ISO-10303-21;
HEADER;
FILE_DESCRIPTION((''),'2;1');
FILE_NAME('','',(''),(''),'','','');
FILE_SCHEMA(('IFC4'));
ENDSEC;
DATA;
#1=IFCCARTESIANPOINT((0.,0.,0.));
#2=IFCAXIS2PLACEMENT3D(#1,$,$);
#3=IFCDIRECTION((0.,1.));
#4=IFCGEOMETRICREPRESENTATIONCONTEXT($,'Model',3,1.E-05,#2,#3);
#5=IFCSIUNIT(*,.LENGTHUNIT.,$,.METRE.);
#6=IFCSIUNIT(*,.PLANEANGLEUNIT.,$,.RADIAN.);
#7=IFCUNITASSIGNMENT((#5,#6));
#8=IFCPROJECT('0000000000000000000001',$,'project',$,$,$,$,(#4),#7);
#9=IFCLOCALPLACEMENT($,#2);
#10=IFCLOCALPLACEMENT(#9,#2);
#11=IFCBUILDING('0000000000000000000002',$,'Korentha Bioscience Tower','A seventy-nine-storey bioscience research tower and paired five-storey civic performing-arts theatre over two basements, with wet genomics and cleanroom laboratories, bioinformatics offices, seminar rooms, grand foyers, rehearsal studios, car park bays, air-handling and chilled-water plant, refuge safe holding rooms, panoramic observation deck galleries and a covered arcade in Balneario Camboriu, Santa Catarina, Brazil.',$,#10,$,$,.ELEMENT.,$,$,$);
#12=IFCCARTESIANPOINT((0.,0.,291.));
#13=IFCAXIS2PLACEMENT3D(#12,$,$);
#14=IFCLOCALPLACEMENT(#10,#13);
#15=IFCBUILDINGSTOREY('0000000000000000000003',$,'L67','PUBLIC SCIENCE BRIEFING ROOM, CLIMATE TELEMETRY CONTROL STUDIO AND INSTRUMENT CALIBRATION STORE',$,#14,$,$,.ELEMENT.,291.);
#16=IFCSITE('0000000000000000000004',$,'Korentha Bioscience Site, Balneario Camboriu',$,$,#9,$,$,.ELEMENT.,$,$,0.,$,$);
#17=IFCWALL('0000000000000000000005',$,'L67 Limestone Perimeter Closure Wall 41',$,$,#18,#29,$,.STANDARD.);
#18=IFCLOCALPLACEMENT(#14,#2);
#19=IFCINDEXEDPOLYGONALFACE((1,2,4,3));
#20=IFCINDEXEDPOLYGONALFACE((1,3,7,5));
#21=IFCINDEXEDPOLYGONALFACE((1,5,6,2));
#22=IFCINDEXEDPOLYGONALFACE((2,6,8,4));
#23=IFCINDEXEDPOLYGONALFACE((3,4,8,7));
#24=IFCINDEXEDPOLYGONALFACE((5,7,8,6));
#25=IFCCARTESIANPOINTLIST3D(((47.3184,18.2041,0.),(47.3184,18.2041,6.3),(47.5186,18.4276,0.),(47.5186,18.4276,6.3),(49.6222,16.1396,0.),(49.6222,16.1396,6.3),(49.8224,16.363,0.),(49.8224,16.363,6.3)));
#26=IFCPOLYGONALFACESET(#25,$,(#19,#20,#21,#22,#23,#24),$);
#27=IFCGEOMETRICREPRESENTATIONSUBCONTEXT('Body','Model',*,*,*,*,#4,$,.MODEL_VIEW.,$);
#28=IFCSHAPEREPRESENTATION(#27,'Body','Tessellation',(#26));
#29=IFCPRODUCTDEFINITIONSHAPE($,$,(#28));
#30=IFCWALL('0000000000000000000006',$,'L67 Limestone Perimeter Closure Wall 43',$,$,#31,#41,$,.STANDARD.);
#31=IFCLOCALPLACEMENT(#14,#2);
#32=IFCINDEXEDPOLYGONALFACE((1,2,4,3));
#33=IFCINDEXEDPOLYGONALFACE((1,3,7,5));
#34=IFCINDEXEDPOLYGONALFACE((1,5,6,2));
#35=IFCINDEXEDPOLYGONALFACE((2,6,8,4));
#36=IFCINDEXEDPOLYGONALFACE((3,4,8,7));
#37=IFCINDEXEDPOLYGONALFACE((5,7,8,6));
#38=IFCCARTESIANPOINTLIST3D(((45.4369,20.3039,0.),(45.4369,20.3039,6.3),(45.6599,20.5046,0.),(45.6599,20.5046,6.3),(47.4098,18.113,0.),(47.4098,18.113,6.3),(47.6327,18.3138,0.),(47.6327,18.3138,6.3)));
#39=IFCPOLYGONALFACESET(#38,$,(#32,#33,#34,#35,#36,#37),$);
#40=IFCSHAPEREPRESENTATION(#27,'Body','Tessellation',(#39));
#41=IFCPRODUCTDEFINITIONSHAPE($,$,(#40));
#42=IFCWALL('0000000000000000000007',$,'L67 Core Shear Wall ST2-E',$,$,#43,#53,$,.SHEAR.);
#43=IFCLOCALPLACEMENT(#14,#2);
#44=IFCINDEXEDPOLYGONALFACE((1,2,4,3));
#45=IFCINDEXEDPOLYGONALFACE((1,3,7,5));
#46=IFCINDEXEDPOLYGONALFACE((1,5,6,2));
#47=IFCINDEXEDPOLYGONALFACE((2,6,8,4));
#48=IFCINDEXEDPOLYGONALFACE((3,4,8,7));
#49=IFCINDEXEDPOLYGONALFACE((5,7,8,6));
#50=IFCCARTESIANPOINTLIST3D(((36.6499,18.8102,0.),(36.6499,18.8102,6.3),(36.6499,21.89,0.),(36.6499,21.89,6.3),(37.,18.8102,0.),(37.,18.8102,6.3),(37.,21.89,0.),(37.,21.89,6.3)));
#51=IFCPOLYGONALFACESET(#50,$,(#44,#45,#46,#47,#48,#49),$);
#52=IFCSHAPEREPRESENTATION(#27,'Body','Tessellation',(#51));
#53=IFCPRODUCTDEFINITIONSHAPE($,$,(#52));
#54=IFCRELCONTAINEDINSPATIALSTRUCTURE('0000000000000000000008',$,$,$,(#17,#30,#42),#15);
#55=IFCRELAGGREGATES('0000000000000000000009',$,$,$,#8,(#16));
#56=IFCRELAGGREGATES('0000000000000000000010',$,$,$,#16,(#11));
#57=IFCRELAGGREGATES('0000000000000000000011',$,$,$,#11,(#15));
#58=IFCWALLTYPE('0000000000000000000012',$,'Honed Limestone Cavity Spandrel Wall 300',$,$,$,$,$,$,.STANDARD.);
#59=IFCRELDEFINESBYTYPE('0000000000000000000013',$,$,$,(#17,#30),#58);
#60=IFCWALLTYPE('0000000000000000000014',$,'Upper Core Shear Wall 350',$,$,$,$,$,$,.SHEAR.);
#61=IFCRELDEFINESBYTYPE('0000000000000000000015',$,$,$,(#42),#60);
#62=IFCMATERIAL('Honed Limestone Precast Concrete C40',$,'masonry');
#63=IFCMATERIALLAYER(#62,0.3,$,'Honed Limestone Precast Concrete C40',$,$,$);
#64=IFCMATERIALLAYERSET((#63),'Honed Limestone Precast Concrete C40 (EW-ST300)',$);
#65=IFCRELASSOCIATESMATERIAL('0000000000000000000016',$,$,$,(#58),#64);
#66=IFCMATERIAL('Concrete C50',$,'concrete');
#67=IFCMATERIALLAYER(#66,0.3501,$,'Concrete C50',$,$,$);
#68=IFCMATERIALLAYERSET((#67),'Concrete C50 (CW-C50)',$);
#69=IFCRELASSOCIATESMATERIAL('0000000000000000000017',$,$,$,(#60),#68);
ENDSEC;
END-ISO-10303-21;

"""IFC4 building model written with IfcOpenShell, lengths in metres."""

from ifc_helpers import new_model, si_unit, direction, frame, frame_2d, origin, place, context, subcontext, project, spatial, rectangle, extrude, material, layer, layer_set, type_object, element, save


model = new_model("IFC4")

# Units and contexts
model_context = context("Model", 3, precision=1e-05, world=origin(), true_north=direction((0.0, 1.0)))
body_context = subcontext(model_context, "Body", "Model", "MODEL_VIEW")
ifc_project = project(units=[si_unit("LENGTHUNIT", "METRE"), si_unit("PLANEANGLEUNIT", "RADIAN")], contexts=[model_context])

# Site, building, storey
site_placement = place(None, origin())
site = spatial("IfcSite", under=ifc_project, at=site_placement, Name="Korentha Bioscience Site, Balneario Camboriu", CompositionType="ELEMENT", RefElevation=0.0)
building_placement = place(site_placement, origin())
building = spatial("IfcBuilding", under=site, at=building_placement, Name="Korentha Bioscience Tower", Description="A seventy-nine-storey bioscience research tower and paired five-storey civic performing-arts theatre over two basements, with wet genomics and cleanroom laboratories, bioinformatics offices, seminar rooms, grand foyers, rehearsal studios, car park bays, air-handling and chilled-water plant, refuge safe holding rooms, panoramic observation deck galleries and a covered arcade in Balneario Camboriu, Santa Catarina, Brazil.", CompositionType="ELEMENT")
storey_placement = place(building_placement, frame((0.0, 0.0, 291.0)))
storey = spatial("IfcBuildingStorey", under=building, at=storey_placement, Name="L67", Description="PUBLIC SCIENCE BRIEFING ROOM, CLIMATE TELEMETRY CONTROL STUDIO AND INSTRUMENT CALIBRATION STORE", CompositionType="ELEMENT", Elevation=291.0)

# Shared definitions
ifc_material_1 = material(Name="Concrete C50", Category="concrete")

# Shared definitions
ifc_material_2 = material(Name="Honed Limestone Precast Concrete C40", Category="masonry")
ifc_layer_1 = layer(ifc_material_2, 0.3, Name="Honed Limestone Precast Concrete C40")
ifc_layer_set_1 = layer_set([ifc_layer_1], Name="Honed Limestone Precast Concrete C40 (EW-ST300)")
wall_type_1 = type_object("IfcWallType", Name="Honed Limestone Cavity Spandrel Wall 300", PredefinedType="STANDARD", material=ifc_layer_set_1)

# Walls
wall_1_placement = place(storey_placement, frame((49.7224, 16.2512, 0.0), z_axis=(0.0, 0.0, 1.0), x_axis=(-0.744721, 0.667376, 0.0)))
element("IfcWall", 1, at=wall_1_placement, inside=storey, type_object=wall_type_1, Name="L67 Limestone Perimeter Closure Wall 41", PredefinedType="STANDARD", context=body_context, shape_type="SweptSolid", body=[
    extrude(rectangle(XDim=3.0935, YDim=0.3, at=frame_2d((1.5469, 0.0))), origin(), (0.0, 0.0, 1.0), 6.3),
])
wall_2_placement = place(storey_placement, frame((47.5212, 18.2134, 0.0), z_axis=(0.0, 0.0, 1.0), x_axis=(-0.669166, 0.743113, 0.0)))
element("IfcWall", 2, at=wall_2_placement, inside=storey, type_object=wall_type_1, Name="L67 Limestone Perimeter Closure Wall 43", PredefinedType="STANDARD", context=body_context, shape_type="SweptSolid", body=[
    extrude(rectangle(XDim=2.9482, YDim=0.3, at=frame_2d((1.4741, 0.0))), origin(), (0.0, 0.0, 1.0), 6.3),
])
ifc_layer_2 = layer(ifc_material_1, 0.3501, Name="Concrete C50")
ifc_layer_set_2 = layer_set([ifc_layer_2], Name="Concrete C50 (CW-C50)")
wall_type_2 = type_object("IfcWallType", Name="Upper Core Shear Wall 350", PredefinedType="SHEAR", material=ifc_layer_set_2)
wall_3_placement = place(storey_placement, frame((36.825, 18.8101, 0.0), z_axis=(0.0, 0.0, 1.0), x_axis=(0.0, 1.0, 0.0)))
element("IfcWall", 3, at=wall_3_placement, inside=storey, type_object=wall_type_2, Name="L67 Core Shear Wall ST2-E", PredefinedType="SHEAR", context=body_context, shape_type="SweptSolid", body=[
    extrude(rectangle(XDim=3.0798, YDim=0.3501, at=frame_2d((1.54, 0.0))), origin(), (0.0, 0.0, 1.0), 6.3),
])

save(model, "model.ifc")
